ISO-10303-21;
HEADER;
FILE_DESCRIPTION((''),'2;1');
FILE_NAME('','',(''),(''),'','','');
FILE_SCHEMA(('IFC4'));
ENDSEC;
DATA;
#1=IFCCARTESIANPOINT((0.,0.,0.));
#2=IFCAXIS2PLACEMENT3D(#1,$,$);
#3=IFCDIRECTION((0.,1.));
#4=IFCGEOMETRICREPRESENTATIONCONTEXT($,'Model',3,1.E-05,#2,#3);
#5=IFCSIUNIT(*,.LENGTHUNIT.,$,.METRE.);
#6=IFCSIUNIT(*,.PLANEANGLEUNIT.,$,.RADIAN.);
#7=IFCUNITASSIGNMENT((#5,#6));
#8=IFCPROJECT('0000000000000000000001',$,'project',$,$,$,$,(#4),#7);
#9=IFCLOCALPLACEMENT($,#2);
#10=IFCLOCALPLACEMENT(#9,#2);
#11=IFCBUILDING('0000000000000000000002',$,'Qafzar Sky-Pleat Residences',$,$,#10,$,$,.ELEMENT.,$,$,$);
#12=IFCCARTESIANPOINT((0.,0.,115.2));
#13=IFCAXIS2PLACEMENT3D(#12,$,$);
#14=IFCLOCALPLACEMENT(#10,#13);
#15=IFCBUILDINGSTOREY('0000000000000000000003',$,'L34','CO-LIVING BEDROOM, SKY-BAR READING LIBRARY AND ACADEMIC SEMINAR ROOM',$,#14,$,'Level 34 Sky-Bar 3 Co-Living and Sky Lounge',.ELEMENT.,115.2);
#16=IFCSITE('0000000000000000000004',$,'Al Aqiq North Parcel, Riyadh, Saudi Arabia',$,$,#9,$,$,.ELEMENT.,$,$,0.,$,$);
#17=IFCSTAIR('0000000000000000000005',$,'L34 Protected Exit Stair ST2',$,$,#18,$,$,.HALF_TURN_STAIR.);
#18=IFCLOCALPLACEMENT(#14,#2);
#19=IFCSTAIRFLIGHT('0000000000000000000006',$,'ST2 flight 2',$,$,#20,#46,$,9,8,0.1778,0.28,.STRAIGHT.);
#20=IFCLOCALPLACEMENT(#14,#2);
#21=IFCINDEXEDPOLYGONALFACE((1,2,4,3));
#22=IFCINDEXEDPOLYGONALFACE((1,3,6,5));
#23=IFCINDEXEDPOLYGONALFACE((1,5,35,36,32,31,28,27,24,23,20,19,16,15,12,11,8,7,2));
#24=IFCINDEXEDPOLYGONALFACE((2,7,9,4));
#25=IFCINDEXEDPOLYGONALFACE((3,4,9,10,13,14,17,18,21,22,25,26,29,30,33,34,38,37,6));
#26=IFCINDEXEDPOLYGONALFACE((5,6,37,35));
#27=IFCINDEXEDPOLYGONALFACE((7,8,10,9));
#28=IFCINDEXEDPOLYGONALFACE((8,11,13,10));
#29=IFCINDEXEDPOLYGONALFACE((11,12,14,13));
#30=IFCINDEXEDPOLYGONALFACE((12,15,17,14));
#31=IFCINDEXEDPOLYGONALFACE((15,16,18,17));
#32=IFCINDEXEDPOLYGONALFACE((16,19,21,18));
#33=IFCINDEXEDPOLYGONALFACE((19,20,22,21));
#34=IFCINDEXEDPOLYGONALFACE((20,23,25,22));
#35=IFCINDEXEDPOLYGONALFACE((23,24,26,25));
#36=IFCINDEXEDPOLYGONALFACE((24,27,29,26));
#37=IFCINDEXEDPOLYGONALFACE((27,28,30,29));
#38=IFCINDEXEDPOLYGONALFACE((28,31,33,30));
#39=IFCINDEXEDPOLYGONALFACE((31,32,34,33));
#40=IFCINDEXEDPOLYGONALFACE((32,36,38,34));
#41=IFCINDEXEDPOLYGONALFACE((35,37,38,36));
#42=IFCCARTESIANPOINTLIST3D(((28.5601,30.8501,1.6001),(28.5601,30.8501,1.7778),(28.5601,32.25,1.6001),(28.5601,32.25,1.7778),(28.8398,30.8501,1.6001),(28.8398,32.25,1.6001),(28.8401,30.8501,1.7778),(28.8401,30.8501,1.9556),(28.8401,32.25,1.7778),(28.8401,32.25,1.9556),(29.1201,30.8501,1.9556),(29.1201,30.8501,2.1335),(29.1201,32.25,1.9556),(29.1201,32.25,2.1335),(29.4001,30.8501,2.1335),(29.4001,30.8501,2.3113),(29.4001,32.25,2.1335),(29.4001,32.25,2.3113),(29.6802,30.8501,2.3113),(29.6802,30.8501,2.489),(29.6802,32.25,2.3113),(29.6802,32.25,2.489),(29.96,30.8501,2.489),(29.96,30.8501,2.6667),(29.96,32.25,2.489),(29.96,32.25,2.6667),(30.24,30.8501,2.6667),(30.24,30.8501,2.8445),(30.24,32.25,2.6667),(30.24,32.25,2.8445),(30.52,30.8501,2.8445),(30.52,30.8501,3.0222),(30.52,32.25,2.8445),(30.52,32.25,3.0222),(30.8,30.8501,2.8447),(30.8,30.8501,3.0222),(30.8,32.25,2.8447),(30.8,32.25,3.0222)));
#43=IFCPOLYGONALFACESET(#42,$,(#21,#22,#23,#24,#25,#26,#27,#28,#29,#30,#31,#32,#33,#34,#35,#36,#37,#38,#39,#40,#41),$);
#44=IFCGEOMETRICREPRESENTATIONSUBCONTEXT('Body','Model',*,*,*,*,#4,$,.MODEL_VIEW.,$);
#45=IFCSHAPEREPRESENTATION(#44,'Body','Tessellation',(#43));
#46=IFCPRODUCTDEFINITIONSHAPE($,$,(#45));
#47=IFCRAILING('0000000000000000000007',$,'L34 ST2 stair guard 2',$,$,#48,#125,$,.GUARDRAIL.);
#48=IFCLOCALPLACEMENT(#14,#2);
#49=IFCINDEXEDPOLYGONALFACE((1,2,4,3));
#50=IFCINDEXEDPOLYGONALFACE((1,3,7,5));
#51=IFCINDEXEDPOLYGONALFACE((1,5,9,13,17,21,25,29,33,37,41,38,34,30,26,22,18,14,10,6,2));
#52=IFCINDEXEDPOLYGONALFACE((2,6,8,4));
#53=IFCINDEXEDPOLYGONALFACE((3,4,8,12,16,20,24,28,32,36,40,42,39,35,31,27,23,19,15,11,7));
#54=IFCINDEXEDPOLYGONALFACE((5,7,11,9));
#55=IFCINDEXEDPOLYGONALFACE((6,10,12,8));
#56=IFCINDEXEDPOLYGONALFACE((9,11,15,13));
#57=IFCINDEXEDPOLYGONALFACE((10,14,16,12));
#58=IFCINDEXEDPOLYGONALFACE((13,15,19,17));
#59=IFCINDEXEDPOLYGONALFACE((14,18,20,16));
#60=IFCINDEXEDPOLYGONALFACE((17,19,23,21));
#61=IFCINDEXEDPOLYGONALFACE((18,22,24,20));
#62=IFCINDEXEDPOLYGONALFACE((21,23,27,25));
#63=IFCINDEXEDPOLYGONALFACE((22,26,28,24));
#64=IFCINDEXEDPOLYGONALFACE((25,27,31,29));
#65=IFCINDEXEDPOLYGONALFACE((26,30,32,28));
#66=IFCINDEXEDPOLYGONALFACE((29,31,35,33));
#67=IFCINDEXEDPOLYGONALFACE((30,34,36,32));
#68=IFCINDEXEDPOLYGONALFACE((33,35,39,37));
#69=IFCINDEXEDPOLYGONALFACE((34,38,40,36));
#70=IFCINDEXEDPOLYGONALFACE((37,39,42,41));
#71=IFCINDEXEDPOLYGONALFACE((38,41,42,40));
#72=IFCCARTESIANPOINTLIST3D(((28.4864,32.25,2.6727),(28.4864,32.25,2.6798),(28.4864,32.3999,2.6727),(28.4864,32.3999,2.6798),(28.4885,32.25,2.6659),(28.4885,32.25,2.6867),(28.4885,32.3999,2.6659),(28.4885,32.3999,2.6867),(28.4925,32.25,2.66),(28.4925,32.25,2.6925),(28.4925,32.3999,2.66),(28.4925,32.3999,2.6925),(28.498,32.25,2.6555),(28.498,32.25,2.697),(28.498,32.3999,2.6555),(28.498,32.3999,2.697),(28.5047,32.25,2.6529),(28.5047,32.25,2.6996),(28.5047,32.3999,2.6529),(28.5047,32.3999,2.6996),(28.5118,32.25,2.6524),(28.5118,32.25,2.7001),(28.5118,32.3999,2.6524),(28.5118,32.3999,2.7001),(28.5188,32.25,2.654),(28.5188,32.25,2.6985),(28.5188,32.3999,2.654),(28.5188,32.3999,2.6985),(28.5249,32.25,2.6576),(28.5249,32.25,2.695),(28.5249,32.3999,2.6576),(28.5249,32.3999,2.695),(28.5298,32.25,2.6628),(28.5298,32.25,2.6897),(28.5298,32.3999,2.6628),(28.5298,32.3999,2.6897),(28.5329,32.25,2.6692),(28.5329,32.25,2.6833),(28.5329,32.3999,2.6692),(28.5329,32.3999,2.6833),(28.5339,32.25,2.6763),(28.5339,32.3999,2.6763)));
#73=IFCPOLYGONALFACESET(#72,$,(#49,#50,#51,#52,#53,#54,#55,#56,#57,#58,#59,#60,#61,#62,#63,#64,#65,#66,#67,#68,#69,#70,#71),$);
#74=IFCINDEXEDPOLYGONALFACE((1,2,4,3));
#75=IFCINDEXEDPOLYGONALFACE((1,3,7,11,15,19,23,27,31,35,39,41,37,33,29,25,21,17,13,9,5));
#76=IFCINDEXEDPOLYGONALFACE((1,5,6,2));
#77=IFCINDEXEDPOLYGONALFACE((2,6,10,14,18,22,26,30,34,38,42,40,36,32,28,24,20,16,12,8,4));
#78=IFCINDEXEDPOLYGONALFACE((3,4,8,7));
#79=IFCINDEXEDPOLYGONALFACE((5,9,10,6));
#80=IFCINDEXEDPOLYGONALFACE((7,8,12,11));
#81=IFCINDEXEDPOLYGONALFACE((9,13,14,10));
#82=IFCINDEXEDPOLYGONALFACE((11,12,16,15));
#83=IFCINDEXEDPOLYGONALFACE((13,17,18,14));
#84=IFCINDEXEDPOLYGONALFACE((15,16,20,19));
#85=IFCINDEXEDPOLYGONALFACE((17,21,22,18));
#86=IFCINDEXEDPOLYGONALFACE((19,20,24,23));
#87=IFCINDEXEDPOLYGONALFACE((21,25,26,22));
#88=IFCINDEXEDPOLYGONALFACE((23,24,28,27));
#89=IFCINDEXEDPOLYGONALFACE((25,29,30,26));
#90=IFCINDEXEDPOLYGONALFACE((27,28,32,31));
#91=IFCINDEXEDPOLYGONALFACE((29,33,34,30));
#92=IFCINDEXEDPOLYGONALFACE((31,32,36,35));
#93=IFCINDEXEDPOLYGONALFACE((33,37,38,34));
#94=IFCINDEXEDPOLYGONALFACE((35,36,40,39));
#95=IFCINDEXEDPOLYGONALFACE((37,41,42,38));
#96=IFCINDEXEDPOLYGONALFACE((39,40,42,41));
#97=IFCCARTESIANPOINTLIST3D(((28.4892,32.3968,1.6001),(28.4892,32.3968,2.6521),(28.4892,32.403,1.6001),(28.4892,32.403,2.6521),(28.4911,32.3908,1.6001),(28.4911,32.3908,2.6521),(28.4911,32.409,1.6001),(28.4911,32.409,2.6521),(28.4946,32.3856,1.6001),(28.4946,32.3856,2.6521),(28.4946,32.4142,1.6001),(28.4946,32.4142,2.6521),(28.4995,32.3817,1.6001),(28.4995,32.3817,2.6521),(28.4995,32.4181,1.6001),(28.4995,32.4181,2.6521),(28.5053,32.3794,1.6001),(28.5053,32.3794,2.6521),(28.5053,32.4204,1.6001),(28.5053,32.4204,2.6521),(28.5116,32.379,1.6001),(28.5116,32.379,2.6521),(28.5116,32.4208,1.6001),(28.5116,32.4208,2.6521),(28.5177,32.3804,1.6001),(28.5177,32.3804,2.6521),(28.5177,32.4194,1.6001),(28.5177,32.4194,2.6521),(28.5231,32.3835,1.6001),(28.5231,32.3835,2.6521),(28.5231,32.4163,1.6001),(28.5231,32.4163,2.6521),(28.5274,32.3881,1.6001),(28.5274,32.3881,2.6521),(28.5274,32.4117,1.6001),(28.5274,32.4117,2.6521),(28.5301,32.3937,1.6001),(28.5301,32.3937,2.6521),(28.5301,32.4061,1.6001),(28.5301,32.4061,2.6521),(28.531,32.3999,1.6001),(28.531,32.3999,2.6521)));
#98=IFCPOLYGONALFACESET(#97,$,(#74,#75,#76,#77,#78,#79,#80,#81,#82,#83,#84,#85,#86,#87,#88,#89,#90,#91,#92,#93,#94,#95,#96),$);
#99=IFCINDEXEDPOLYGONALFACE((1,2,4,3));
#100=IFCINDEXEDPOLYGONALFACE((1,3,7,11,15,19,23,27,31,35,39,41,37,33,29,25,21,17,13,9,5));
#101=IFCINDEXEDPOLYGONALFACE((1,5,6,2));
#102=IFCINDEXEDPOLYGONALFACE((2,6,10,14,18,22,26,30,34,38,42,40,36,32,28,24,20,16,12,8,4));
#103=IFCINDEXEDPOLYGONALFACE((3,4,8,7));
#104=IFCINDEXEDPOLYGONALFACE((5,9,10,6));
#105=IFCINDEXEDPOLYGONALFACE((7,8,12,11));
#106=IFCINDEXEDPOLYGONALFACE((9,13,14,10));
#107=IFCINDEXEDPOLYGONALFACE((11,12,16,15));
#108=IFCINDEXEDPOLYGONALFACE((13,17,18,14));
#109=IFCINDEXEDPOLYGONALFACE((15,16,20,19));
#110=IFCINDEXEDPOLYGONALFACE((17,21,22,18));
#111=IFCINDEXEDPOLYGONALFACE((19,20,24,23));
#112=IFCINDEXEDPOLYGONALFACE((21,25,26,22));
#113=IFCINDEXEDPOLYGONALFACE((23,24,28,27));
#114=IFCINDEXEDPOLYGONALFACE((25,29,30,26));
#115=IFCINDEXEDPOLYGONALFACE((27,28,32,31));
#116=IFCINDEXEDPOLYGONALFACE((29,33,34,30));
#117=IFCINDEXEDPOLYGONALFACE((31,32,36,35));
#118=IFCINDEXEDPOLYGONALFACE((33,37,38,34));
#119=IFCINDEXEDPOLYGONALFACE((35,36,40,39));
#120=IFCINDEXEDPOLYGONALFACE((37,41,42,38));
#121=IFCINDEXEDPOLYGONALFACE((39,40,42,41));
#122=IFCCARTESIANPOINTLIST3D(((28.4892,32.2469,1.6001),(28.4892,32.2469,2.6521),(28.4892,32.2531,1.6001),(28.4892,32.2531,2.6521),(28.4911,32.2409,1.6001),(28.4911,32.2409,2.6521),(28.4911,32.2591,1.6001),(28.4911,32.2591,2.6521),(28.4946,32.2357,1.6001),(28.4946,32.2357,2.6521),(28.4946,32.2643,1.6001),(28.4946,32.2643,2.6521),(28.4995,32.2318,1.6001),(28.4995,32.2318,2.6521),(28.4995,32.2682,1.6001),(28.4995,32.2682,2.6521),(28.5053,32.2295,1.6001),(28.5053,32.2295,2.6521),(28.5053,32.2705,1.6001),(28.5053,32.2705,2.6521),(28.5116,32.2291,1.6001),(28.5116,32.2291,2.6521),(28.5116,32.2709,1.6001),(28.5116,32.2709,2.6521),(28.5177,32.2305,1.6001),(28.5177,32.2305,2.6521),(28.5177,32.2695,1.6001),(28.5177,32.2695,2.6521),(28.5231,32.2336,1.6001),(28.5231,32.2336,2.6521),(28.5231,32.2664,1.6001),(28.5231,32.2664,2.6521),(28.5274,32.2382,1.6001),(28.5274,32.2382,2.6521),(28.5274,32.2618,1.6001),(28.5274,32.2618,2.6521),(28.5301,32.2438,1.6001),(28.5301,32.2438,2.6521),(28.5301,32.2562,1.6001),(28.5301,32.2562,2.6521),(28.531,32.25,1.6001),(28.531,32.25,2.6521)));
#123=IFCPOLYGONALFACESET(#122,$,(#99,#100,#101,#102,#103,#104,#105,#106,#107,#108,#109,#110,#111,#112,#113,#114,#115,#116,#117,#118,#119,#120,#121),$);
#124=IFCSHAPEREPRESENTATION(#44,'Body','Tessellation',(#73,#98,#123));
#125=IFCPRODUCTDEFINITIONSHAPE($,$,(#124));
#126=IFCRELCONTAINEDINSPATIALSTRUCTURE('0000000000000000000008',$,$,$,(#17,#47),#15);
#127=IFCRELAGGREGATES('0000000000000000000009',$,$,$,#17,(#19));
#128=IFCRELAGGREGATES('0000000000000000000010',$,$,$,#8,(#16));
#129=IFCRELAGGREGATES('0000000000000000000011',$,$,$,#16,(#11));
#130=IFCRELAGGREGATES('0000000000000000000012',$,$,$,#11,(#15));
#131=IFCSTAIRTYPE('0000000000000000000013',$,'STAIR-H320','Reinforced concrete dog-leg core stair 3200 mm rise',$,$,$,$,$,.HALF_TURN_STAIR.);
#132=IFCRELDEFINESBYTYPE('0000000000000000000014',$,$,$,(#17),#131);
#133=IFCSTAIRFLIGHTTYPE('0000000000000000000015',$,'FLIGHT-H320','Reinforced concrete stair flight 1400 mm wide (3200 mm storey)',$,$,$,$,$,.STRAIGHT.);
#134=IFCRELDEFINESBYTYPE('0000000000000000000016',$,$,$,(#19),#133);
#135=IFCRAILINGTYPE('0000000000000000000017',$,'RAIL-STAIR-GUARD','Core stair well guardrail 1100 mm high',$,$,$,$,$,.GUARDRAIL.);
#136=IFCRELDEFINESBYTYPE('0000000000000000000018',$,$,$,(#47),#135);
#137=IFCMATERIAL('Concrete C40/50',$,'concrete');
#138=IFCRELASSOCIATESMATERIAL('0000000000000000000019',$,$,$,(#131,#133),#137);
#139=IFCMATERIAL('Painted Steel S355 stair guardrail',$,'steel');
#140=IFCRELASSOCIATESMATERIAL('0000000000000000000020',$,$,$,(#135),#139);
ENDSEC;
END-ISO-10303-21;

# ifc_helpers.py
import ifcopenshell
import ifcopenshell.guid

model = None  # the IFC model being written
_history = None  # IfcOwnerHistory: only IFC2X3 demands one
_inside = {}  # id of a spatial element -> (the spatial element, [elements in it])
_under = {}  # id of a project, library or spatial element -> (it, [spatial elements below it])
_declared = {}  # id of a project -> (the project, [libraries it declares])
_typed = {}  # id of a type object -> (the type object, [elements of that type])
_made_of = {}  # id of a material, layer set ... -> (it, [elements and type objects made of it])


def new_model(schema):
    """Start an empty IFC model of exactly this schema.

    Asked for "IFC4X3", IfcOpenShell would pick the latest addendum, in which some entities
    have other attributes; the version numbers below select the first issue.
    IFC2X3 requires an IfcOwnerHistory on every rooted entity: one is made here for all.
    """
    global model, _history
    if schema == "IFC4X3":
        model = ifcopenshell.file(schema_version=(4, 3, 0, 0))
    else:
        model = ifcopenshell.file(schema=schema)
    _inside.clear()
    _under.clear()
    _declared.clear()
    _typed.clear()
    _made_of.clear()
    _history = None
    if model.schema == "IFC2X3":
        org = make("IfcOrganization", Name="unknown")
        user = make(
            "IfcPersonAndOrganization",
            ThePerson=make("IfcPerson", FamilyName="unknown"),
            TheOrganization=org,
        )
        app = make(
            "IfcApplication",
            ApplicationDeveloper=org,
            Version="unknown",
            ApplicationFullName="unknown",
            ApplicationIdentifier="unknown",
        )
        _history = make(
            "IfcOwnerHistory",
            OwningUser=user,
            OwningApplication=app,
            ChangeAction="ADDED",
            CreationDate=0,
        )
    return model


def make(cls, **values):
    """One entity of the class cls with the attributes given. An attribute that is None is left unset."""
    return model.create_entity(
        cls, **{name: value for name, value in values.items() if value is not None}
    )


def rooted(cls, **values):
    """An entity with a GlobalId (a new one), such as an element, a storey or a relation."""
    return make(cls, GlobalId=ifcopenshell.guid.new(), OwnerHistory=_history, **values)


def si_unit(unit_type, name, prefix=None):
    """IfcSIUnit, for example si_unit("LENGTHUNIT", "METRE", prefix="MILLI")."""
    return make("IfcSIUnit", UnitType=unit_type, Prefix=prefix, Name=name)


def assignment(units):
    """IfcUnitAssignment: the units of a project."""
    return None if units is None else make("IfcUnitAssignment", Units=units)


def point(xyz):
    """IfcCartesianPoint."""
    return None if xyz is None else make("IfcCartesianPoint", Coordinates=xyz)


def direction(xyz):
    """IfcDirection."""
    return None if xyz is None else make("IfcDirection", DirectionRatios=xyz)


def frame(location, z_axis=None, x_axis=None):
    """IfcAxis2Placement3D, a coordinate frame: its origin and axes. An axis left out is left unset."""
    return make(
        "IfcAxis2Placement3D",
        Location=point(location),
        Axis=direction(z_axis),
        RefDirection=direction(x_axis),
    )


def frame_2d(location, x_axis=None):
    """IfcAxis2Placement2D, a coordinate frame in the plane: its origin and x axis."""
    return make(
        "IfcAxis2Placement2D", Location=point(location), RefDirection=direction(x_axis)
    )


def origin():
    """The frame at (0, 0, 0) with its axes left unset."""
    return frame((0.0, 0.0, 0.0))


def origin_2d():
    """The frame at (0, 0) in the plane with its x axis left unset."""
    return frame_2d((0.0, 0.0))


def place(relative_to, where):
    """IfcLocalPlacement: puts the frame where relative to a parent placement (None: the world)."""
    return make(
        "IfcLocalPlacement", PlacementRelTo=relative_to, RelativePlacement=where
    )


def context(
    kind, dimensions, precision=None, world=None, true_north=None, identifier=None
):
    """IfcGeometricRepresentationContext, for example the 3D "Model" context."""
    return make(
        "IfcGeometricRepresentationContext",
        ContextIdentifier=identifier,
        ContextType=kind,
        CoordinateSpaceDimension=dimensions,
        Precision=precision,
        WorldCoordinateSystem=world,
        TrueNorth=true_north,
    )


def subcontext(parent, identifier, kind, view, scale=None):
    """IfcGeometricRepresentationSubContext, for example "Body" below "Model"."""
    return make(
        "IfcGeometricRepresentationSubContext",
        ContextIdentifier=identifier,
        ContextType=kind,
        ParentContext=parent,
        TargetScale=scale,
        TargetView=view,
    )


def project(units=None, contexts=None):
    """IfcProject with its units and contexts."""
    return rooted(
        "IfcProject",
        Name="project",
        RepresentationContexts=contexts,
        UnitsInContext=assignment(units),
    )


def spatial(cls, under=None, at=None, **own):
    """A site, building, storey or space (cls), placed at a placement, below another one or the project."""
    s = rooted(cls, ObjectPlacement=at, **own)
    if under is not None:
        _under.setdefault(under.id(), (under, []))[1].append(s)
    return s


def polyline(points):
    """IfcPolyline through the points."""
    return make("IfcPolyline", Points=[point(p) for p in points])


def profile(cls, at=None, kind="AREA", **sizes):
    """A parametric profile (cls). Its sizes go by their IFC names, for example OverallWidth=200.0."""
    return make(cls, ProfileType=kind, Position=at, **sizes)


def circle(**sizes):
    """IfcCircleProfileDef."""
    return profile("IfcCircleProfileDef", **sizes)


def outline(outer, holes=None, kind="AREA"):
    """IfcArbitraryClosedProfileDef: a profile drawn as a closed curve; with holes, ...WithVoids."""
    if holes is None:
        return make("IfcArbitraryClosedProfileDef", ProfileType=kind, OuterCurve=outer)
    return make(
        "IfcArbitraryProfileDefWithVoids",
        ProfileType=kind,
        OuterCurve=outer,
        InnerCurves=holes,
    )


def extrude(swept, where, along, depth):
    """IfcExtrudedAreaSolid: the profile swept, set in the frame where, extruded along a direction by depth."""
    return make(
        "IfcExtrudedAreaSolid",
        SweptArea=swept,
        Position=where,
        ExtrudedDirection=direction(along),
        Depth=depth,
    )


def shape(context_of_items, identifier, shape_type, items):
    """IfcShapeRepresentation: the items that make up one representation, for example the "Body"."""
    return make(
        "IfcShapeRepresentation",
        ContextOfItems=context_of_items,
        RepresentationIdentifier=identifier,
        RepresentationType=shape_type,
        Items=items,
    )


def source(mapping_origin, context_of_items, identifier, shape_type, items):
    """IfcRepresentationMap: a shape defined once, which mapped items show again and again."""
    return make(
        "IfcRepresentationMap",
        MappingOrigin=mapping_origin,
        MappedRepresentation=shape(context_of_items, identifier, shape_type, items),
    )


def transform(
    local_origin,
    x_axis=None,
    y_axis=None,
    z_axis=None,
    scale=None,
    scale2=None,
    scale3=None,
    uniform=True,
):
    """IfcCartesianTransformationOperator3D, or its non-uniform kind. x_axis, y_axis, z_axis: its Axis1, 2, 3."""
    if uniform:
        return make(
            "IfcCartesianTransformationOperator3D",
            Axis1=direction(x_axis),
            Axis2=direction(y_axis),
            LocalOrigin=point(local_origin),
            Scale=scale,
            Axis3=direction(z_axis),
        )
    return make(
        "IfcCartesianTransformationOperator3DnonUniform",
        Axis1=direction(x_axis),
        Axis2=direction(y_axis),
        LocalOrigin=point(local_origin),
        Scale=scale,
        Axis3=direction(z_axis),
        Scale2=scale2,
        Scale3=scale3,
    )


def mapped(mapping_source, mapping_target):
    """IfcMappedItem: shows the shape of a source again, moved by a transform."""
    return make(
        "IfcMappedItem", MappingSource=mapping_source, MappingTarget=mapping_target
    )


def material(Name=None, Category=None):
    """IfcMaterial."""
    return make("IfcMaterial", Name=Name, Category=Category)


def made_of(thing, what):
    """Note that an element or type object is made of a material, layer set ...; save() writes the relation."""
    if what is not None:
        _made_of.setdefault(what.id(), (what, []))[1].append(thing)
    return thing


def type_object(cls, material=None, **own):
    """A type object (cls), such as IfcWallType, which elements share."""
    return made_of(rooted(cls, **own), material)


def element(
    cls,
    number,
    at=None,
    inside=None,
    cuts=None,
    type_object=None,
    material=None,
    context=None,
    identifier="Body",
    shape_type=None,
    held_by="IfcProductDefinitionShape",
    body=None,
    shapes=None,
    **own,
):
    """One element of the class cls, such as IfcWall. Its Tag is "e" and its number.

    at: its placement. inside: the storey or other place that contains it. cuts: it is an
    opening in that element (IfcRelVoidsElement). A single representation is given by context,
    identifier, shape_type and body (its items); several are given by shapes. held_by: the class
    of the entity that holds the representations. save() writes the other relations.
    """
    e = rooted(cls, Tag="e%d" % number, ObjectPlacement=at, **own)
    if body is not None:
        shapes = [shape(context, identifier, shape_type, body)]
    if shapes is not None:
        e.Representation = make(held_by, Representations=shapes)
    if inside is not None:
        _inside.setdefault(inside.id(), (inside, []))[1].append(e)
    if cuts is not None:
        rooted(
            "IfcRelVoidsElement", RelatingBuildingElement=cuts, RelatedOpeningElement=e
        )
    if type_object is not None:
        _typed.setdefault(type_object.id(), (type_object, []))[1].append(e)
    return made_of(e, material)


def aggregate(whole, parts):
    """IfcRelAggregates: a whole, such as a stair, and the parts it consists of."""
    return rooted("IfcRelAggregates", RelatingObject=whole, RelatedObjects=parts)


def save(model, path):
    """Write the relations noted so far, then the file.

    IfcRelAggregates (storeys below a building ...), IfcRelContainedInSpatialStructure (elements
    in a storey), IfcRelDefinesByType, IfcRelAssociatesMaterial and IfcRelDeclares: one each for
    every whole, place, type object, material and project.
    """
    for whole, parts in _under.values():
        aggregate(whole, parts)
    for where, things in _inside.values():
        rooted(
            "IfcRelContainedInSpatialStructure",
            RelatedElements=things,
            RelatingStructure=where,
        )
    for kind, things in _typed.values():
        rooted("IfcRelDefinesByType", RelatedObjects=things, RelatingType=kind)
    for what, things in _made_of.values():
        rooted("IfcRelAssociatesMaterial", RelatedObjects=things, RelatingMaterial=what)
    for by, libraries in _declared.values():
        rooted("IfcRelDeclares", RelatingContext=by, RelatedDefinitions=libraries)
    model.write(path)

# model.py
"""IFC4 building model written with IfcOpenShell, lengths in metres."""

from ifc_helpers import new_model, si_unit, direction, frame, origin, origin_2d, place, context, subcontext, project, spatial, polyline, circle, outline, extrude, source, transform, mapped, material, type_object, element, aggregate, save


model = new_model("IFC4")

# Units and contexts
model_context = context("Model", 3, precision=1e-05, world=origin(), true_north=direction((0.0, 1.0)))
body_context = subcontext(model_context, "Body", "Model", "MODEL_VIEW")
ifc_project = project(units=[si_unit("LENGTHUNIT", "METRE"), si_unit("PLANEANGLEUNIT", "RADIAN")], contexts=[model_context])

# Site, building, storey
site_placement = place(None, origin())
site = spatial("IfcSite", under=ifc_project, at=site_placement, Name="Al Aqiq North Parcel, Riyadh, Saudi Arabia", CompositionType="ELEMENT", RefElevation=0.0)
building_placement = place(site_placement, origin())
building = spatial("IfcBuilding", under=site, at=building_placement, Name="Qafzar Sky-Pleat Residences", CompositionType="ELEMENT")
storey_placement = place(building_placement, frame((0.0, 0.0, 115.2)))
storey = spatial("IfcBuildingStorey", under=building, at=storey_placement, Name="L34", Description="CO-LIVING BEDROOM, SKY-BAR READING LIBRARY AND ACADEMIC SEMINAR ROOM", LongName="Level 34 Sky-Bar 3 Co-Living and Sky Lounge", CompositionType="ELEMENT", Elevation=115.2)

# Stair, stair flight
ifc_material_1 = material(Name="Concrete C40/50", Category="concrete")
stair_type = type_object("IfcStairType", Name="STAIR-H320", Description="Reinforced concrete dog-leg core stair 3200 mm rise", PredefinedType="HALF_TURN_STAIR", material=ifc_material_1)
stair_placement = place(storey_placement, origin())
stair = element("IfcStair", 1, at=stair_placement, inside=storey, type_object=stair_type, Name="L34 Protected Exit Stair ST2", PredefinedType="HALF_TURN_STAIR")
stair_flight_type = type_object("IfcStairFlightType", Name="FLIGHT-H320", Description="Reinforced concrete stair flight 1400 mm wide (3200 mm storey)", PredefinedType="STRAIGHT", material=ifc_material_1)
shared_shape_1 = source(origin(), body_context, "Body", "SweptSolid", [
    extrude(outline(polyline([(0.0, 0.0), (0.0, 0.1777), (0.28, 0.1777), (0.28, 0.3555), (0.5601, 0.3555), (0.5601, 0.5334), (0.8401, 0.5334), (0.8401, 0.7112), (1.1201, 0.7112), (1.1201, 0.8889), (1.3999, 0.8889), (1.3999, 1.0667), (1.6799, 1.0667), (1.6799, 1.2444), (1.96, 1.2444), (1.96, 1.4221), (2.24, 1.4221), (2.24, 1.6001), (2.24, 1.2446), (0.2798, 0.0), (0.0, 0.0)])), frame((0.0, 0.7, 0.0), z_axis=(0.0, -1.0, 0.0), x_axis=(1.0, 0.0, 0.0)), (0.0, 0.0, 1.0), 1.3999),
])
stair_flight_placement = place(storey_placement, frame((28.5601, 31.55, 1.6001), z_axis=(0.0, 0.0, 1.0), x_axis=(1.0, 0.0, 0.0)))
stair_flight = element("IfcStairFlight", 2, at=stair_flight_placement, type_object=stair_flight_type, Name="ST2 flight 2", NumberOfRisers=9, NumberOfTreads=8, PredefinedType="STRAIGHT", RiserHeight=0.1778, TreadLength=0.28, context=body_context, shape_type="MappedRepresentation", body=[
    mapped(shared_shape_1, transform((0.0, 0.0, 0.0), x_axis=(1.0, 0.0, 0.0), y_axis=(0.0, 1.0, 0.0), z_axis=(0.0, 0.0, 1.0), scale=1.0)),
])
aggregate(stair, [stair_flight])

# Railing
ifc_material_2 = material(Name="Painted Steel S355 stair guardrail", Category="steel")
railing_type_1 = type_object("IfcRailingType", Name="RAIL-STAIR-GUARD", Description="Core stair well guardrail 1100 mm high", PredefinedType="GUARDRAIL", material=ifc_material_2)
shared_shape_2 = source(origin(), body_context, "Body", "SweptSolid", [
    extrude(circle(Radius=0.0239, at=origin_2d()), frame((0.0, 0.0, 1.0762), z_axis=(0.0, -1.0, 0.0), x_axis=(1.0, 0.0, 0.0)), (0.0, 0.0, 1.0), 0.1499),
    extrude(circle(Radius=0.021, at=origin_2d()), origin(), (0.0, 0.0, 1.0), 1.052),
    extrude(circle(Radius=0.021, at=origin_2d()), frame((0.0, -0.1499, 0.0)), (0.0, 0.0, 1.0), 1.052),
])
railing_1_placement = place(storey_placement, frame((28.51, 32.3999, 1.6001)))
element("IfcRailing", 3, at=railing_1_placement, inside=storey, type_object=railing_type_1, Name="L34 ST2 stair guard 2", PredefinedType="GUARDRAIL", context=body_context, shape_type="MappedRepresentation", body=[
    mapped(shared_shape_2, transform((0.0, 0.0, 0.0), x_axis=(1.0, 0.0, 0.0), y_axis=(0.0, 1.0, 0.0), z_axis=(0.0, 0.0, 1.0), scale=1.0)),
])

save(model, "model.ifc")
